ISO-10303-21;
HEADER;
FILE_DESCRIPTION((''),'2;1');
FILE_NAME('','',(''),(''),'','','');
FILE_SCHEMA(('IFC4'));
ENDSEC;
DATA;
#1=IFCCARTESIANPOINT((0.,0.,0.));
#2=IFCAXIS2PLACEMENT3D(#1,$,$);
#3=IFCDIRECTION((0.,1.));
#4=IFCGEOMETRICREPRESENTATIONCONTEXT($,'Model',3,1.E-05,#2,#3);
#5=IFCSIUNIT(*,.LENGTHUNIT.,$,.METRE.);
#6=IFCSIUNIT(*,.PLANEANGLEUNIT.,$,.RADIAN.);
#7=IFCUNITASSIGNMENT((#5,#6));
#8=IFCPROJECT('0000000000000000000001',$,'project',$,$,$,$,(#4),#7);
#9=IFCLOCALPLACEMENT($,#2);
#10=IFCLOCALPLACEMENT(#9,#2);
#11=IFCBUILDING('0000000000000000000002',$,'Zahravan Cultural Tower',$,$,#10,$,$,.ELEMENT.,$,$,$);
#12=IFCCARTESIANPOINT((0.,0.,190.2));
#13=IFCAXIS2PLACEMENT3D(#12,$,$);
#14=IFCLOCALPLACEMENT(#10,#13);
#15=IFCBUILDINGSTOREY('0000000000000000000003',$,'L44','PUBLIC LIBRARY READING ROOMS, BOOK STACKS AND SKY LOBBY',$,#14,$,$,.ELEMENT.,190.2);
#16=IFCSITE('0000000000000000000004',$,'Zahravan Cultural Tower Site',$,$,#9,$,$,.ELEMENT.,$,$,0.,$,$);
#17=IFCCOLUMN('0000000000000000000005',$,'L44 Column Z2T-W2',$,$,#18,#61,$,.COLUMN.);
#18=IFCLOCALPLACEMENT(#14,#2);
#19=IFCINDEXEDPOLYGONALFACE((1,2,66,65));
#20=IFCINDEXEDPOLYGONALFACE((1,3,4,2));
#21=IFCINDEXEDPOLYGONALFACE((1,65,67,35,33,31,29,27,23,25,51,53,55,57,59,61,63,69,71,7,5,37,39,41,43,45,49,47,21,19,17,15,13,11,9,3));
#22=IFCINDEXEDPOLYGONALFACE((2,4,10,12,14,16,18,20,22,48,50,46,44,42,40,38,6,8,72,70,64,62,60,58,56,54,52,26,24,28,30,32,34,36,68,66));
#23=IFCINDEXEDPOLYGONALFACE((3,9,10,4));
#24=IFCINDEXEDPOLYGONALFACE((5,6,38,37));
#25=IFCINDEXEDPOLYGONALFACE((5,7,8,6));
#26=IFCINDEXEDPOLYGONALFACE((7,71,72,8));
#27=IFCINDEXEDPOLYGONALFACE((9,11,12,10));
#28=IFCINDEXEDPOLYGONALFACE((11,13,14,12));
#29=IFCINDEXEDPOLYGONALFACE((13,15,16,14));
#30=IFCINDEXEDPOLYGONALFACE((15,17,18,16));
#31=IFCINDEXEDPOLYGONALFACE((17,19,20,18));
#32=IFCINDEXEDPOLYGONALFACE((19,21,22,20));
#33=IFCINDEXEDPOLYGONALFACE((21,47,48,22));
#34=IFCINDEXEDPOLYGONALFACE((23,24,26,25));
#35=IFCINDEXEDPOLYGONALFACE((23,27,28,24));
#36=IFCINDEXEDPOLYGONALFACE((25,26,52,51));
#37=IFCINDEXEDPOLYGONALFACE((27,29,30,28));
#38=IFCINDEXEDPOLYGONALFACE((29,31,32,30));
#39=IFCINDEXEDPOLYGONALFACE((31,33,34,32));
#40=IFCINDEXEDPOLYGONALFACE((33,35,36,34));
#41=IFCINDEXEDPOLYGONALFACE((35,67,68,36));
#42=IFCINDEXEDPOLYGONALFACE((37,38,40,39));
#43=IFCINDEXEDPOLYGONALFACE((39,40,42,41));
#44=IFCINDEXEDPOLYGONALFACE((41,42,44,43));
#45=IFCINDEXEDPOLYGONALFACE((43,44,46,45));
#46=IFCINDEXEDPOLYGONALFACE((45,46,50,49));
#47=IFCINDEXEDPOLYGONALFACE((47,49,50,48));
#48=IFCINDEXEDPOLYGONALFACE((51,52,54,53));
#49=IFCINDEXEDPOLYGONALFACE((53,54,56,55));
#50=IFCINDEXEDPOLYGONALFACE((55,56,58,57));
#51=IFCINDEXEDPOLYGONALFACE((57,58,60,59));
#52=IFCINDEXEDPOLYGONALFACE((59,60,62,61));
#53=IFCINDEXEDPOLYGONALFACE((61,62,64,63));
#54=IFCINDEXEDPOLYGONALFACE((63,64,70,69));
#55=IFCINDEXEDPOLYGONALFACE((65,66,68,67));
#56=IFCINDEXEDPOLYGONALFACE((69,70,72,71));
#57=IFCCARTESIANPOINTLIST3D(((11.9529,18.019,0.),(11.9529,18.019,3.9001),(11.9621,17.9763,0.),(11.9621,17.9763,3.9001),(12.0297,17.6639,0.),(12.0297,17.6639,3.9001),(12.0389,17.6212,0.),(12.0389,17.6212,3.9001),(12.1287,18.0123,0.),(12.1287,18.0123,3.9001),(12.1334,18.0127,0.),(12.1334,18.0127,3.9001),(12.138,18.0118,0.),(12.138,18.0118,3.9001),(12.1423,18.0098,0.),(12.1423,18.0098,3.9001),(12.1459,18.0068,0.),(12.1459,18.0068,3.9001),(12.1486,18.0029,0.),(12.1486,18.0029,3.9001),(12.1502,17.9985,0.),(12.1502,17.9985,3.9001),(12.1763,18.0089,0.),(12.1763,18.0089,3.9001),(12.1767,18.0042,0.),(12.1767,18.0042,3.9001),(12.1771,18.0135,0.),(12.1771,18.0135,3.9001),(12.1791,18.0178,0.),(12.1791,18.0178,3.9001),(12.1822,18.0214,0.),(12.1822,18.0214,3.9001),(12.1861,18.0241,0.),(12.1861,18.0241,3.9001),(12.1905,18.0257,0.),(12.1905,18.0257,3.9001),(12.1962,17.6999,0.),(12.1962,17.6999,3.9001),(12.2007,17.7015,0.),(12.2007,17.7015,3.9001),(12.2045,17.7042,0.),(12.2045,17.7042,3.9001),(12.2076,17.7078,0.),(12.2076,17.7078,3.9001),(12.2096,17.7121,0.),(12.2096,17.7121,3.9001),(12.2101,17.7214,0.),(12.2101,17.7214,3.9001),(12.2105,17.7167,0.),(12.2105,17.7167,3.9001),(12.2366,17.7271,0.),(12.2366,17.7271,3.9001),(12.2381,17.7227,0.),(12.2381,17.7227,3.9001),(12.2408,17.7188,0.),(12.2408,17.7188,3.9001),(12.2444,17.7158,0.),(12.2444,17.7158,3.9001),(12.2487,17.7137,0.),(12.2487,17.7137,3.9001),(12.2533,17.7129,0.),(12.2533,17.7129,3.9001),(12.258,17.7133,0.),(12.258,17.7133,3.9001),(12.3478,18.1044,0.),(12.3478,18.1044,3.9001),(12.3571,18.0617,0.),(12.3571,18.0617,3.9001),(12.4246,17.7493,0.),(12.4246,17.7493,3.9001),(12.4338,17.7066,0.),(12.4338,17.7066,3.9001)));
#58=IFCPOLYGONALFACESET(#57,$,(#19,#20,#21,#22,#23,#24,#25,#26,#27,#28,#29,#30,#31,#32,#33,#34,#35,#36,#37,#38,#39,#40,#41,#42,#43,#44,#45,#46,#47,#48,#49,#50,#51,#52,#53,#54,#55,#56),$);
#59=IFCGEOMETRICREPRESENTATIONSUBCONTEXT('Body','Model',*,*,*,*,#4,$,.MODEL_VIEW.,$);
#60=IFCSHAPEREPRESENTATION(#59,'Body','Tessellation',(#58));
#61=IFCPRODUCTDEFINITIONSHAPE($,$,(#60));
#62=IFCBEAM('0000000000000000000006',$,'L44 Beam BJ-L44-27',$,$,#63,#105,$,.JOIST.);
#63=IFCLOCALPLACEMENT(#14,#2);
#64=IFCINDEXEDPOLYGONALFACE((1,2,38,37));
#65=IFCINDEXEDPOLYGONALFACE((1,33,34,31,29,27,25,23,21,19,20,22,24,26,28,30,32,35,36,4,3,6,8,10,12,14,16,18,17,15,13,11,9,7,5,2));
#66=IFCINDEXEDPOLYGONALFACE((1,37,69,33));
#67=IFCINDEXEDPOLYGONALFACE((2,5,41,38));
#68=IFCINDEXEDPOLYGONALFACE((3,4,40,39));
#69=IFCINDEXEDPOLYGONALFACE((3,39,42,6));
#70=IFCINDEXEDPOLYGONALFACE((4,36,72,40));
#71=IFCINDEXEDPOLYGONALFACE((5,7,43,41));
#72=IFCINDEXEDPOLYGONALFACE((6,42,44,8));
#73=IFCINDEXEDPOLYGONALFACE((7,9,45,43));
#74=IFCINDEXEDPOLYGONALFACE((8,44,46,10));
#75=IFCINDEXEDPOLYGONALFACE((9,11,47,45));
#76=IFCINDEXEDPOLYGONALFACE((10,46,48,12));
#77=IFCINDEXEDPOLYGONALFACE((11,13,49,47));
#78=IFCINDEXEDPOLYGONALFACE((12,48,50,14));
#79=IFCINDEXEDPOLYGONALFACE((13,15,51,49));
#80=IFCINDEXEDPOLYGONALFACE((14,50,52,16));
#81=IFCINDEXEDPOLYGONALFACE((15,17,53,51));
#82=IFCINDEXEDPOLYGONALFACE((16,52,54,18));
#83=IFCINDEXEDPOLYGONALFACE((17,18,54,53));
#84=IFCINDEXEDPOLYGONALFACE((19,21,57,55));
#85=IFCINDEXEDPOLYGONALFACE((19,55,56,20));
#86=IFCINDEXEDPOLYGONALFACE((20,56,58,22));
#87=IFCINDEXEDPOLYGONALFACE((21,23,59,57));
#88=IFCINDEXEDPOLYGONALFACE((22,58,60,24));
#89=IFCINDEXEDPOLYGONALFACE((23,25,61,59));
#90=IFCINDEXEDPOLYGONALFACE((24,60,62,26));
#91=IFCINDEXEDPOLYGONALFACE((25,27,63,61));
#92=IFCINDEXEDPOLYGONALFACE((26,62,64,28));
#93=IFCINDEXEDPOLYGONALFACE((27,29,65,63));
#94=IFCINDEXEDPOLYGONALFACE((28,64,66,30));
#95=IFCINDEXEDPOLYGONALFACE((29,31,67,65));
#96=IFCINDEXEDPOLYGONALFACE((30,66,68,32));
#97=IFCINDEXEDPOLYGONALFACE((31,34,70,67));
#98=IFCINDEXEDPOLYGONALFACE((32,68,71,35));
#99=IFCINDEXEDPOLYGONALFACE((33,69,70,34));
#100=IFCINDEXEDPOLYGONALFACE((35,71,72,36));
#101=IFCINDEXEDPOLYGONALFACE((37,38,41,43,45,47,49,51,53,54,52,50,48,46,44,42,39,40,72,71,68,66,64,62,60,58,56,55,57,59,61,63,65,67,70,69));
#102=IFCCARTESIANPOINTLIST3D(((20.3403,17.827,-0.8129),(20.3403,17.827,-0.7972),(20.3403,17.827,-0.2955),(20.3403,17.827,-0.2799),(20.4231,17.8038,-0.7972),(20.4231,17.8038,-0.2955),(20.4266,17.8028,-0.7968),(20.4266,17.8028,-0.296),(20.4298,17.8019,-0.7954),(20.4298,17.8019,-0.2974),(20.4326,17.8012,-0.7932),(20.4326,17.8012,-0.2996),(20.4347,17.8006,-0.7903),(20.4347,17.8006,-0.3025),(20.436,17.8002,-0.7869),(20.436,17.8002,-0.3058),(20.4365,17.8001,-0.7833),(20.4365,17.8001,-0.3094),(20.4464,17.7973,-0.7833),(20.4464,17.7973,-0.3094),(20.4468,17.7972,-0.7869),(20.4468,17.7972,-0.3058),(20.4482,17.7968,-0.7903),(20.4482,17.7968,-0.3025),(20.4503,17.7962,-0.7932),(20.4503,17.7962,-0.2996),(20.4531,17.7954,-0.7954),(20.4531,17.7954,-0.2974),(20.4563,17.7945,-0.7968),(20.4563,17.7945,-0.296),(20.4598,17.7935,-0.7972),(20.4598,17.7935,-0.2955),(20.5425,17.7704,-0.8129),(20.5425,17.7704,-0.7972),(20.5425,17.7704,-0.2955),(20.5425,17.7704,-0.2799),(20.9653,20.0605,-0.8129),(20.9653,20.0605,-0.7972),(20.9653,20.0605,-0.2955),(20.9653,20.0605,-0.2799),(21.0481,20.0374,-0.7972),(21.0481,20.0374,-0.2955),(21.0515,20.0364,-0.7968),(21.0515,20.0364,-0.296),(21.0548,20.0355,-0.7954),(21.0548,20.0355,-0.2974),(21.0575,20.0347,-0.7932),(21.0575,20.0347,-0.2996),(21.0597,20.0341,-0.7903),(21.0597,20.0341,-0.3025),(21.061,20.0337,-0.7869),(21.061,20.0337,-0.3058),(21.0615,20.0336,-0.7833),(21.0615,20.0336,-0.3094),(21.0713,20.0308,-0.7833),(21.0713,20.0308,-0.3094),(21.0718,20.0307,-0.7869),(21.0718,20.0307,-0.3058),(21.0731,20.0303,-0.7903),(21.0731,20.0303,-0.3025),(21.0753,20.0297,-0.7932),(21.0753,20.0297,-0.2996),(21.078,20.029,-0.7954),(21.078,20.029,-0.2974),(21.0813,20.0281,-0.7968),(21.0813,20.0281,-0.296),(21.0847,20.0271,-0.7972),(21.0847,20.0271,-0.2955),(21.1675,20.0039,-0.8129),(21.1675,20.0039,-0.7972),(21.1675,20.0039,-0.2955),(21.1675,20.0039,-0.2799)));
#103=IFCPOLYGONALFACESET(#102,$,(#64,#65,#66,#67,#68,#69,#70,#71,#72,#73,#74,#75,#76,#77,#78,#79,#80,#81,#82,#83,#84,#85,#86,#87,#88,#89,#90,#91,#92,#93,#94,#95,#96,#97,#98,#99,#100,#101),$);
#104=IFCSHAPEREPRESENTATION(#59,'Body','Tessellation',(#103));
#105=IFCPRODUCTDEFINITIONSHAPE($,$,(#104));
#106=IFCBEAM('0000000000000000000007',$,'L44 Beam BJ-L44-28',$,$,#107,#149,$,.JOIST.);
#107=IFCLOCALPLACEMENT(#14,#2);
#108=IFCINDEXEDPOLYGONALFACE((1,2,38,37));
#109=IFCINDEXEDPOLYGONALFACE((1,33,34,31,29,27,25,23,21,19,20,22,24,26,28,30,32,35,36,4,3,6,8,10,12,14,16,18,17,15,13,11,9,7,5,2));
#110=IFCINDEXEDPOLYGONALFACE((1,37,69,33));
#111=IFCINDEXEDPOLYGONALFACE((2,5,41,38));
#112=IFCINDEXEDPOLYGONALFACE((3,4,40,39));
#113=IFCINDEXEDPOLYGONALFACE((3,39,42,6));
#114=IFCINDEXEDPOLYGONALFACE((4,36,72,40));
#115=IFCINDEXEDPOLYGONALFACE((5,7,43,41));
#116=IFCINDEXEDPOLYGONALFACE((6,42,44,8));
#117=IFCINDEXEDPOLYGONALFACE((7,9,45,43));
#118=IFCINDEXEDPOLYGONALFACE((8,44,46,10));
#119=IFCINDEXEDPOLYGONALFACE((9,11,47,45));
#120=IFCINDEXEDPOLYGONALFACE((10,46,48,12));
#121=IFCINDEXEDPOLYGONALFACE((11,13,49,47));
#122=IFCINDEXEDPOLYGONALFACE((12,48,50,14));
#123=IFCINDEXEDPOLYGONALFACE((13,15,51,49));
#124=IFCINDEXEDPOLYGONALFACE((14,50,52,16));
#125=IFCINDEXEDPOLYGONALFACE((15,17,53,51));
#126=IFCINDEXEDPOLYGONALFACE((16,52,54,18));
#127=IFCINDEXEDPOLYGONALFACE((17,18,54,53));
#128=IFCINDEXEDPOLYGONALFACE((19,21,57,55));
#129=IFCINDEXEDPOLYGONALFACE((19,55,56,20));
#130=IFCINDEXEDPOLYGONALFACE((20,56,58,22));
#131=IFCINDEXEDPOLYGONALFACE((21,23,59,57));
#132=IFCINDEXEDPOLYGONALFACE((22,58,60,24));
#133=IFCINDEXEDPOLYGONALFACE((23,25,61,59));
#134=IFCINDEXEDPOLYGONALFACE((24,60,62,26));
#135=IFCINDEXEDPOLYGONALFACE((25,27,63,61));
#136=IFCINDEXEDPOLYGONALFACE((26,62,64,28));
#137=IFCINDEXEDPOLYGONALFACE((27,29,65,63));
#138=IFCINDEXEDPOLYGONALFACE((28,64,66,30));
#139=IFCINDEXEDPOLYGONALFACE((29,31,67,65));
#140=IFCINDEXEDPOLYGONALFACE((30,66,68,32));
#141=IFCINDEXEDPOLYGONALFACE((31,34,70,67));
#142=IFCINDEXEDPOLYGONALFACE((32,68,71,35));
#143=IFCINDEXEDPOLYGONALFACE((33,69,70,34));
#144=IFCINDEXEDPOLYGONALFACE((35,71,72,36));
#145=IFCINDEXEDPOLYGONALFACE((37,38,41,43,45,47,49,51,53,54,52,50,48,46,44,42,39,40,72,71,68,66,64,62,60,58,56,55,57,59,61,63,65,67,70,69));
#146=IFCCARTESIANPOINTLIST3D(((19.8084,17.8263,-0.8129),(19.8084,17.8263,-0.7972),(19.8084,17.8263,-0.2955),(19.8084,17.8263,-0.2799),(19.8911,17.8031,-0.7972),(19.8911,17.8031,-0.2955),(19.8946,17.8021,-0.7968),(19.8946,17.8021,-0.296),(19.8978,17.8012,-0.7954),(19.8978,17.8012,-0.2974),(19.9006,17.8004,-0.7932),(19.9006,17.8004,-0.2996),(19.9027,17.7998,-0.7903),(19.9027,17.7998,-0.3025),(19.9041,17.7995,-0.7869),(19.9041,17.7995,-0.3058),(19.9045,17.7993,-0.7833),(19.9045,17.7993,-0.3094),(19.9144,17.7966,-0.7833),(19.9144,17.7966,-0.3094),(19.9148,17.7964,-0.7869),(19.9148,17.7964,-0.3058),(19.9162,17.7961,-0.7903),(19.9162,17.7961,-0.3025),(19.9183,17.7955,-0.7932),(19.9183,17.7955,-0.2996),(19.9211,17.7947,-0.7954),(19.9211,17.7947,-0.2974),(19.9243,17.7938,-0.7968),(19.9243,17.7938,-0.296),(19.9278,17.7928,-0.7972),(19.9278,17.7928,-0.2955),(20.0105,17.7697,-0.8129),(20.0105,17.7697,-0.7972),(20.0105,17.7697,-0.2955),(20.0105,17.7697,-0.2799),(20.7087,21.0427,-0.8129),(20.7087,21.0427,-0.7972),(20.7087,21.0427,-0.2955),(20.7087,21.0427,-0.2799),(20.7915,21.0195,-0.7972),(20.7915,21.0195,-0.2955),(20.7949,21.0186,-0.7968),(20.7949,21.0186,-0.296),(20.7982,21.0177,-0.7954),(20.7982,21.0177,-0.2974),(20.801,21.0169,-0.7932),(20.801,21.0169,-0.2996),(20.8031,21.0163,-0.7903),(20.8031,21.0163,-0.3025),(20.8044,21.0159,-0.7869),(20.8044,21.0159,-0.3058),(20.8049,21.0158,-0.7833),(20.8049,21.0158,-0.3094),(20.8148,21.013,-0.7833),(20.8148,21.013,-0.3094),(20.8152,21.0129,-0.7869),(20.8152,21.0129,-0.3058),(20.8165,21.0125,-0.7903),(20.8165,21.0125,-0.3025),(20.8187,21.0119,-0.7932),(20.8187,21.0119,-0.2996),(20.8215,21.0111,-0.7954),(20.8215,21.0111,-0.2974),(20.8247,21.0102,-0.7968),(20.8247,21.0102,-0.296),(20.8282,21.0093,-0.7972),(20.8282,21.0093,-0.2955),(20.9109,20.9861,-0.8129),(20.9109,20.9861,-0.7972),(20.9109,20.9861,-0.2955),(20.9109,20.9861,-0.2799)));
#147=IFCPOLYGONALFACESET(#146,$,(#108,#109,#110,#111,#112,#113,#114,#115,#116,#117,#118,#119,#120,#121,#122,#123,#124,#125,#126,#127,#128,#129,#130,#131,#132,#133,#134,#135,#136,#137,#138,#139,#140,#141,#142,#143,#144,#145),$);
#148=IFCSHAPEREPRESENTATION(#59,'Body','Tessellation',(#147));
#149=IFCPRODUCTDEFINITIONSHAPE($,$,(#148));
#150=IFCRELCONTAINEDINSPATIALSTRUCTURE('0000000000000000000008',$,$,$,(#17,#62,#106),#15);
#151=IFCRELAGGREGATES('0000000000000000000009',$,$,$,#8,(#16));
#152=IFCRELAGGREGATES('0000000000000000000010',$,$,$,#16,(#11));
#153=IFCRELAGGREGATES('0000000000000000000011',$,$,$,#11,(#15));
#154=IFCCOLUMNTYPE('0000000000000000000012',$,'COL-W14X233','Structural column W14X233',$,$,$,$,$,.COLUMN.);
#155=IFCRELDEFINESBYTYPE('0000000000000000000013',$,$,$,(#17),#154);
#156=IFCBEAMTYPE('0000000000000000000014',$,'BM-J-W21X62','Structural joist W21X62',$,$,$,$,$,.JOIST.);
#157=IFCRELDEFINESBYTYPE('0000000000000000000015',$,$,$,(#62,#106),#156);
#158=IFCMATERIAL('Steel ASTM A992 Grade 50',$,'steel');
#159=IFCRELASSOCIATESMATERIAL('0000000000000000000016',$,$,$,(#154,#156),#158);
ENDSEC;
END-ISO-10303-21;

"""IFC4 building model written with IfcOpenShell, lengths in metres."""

from ifc_helpers import new_model, si_unit, direction, frame, origin, origin_2d, place, context, subcontext, project, spatial, i_section, extrude, source, transform, mapped, material, material_profile, profile_set, type_object, element, save


model = new_model("IFC4")

# Units and contexts
model_context = context("Model", 3, precision=1e-05, world=origin(), true_north=direction((0.0, 1.0)))
body_context = subcontext(model_context, "Body", "Model", "MODEL_VIEW")
ifc_project = project(units=[si_unit("LENGTHUNIT", "METRE"), si_unit("PLANEANGLEUNIT", "RADIAN")], contexts=[model_context])

# Site, building, storey
site_placement = place(None, origin())
site = spatial("IfcSite", under=ifc_project, at=site_placement, Name="Zahravan Cultural Tower Site", CompositionType="ELEMENT", RefElevation=0.0)
building_placement = place(site_placement, origin())
building = spatial("IfcBuilding", under=site, at=building_placement, Name="Zahravan Cultural Tower", CompositionType="ELEMENT")
storey_placement = place(building_placement, frame((0.0, 0.0, 190.2)))
storey = spatial("IfcBuildingStorey", under=building, at=storey_placement, Name="L44", Description="PUBLIC LIBRARY READING ROOMS, BOOK STACKS AND SKY LOBBY", CompositionType="ELEMENT", Elevation=190.2)

# Column
ifc_material_1 = material(Name="Steel ASTM A992 Grade 50", Category="steel")
ifc_material_profile_1 = material_profile(ifc_material_1, i_section(OverallWidth=0.4041, OverallDepth=0.407, WebThickness=0.0271, FlangeThickness=0.0437, FilletRadius=0.0181, at=origin_2d()), Name="W14X233")
ifc_profile_set_1 = profile_set([ifc_material_profile_1], Name="Steel ASTM A992 Grade 50")
column_type = type_object("IfcColumnType", Name="COL-W14X233", Description="Structural column W14X233", PredefinedType="COLUMN", material=ifc_profile_set_1)
shared_shape_1 = source(origin(), body_context, "Body", "SweptSolid", [
    extrude(i_section(OverallWidth=0.4041, OverallDepth=0.407, WebThickness=0.0271, FlangeThickness=0.0437, FilletRadius=0.0181, at=origin_2d()), origin(), (0.0, 0.0, 1.0), 3.9001),
])
column_placement = place(storey_placement, frame((12.1934, 17.8628, 0.0), z_axis=(0.0, 0.0, 1.0), x_axis=(0.977416, 0.211325, 0.0)))
element("IfcColumn", 1, at=column_placement, inside=storey, type_object=column_type, Name="L44 Column Z2T-W2", PredefinedType="COLUMN", context=body_context, shape_type="MappedRepresentation", body=[
    mapped(shared_shape_1, transform((0.0, 0.0, 0.0), x_axis=(1.0, 0.0, 0.0), y_axis=(0.0, 1.0, 0.0), z_axis=(0.0, 0.0, 1.0), scale=1.0)),
])

# Beams
ifc_material_profile_2 = material_profile(ifc_material_1, i_section(OverallWidth=0.21, OverallDepth=0.533, WebThickness=0.0103, FlangeThickness=0.0156, FilletRadius=0.0139, at=origin_2d()), Name="W21X62")
ifc_profile_set_2 = profile_set([ifc_material_profile_2], Name="Steel ASTM A992 Grade 50")
beam_type = type_object("IfcBeamType", Name="BM-J-W21X62", Description="Structural joist W21X62", PredefinedType="JOIST", material=ifc_profile_set_2)
shared_shape_2 = source(origin(), body_context, "Body", "SweptSolid", [
    extrude(i_section(OverallWidth=0.21, OverallDepth=0.533, WebThickness=0.0103, FlangeThickness=0.0156, FilletRadius=0.0139, at=origin_2d()), origin(), (0.0, 0.0, 1.0), 2.3193),
])
beam_1_placement = place(storey_placement, frame((21.0664, 20.0322, -0.5464), z_axis=(-0.269462, -0.963011, 0.0), x_axis=(0.963011, -0.269462, 0.0)))
element("IfcBeam", 2, at=beam_1_placement, inside=storey, type_object=beam_type, Name="L44 Beam BJ-L44-27", PredefinedType="JOIST", context=body_context, shape_type="MappedRepresentation", body=[
    mapped(shared_shape_2, transform((0.0, 0.0, 0.0), x_axis=(1.0, 0.0, 0.0), y_axis=(0.0, 1.0, 0.0), z_axis=(0.0, 0.0, 1.0), scale=1.0)),
])
shared_shape_3 = source(origin(), body_context, "Body", "SweptSolid", [
    extrude(i_section(OverallWidth=0.21, OverallDepth=0.533, WebThickness=0.0103, FlangeThickness=0.0156, FilletRadius=0.0139, at=origin_2d()), origin(), (0.0, 0.0, 1.0), 3.3401),
])
beam_2_placement = place(storey_placement, frame((20.8098, 21.0144, -0.5464), z_axis=(-0.269562, -0.962983, 0.0), x_axis=(0.962983, -0.269562, 0.0)))
element("IfcBeam", 3, at=beam_2_placement, inside=storey, type_object=beam_type, Name="L44 Beam BJ-L44-28", PredefinedType="JOIST", context=body_context, shape_type="MappedRepresentation", body=[
    mapped(shared_shape_3, transform((0.0, 0.0, 0.0), x_axis=(1.0, 0.0, 0.0), y_axis=(0.0, 1.0, 0.0), z_axis=(0.0, 0.0, 1.0), scale=1.0)),
])

save(model, "model.ifc")
